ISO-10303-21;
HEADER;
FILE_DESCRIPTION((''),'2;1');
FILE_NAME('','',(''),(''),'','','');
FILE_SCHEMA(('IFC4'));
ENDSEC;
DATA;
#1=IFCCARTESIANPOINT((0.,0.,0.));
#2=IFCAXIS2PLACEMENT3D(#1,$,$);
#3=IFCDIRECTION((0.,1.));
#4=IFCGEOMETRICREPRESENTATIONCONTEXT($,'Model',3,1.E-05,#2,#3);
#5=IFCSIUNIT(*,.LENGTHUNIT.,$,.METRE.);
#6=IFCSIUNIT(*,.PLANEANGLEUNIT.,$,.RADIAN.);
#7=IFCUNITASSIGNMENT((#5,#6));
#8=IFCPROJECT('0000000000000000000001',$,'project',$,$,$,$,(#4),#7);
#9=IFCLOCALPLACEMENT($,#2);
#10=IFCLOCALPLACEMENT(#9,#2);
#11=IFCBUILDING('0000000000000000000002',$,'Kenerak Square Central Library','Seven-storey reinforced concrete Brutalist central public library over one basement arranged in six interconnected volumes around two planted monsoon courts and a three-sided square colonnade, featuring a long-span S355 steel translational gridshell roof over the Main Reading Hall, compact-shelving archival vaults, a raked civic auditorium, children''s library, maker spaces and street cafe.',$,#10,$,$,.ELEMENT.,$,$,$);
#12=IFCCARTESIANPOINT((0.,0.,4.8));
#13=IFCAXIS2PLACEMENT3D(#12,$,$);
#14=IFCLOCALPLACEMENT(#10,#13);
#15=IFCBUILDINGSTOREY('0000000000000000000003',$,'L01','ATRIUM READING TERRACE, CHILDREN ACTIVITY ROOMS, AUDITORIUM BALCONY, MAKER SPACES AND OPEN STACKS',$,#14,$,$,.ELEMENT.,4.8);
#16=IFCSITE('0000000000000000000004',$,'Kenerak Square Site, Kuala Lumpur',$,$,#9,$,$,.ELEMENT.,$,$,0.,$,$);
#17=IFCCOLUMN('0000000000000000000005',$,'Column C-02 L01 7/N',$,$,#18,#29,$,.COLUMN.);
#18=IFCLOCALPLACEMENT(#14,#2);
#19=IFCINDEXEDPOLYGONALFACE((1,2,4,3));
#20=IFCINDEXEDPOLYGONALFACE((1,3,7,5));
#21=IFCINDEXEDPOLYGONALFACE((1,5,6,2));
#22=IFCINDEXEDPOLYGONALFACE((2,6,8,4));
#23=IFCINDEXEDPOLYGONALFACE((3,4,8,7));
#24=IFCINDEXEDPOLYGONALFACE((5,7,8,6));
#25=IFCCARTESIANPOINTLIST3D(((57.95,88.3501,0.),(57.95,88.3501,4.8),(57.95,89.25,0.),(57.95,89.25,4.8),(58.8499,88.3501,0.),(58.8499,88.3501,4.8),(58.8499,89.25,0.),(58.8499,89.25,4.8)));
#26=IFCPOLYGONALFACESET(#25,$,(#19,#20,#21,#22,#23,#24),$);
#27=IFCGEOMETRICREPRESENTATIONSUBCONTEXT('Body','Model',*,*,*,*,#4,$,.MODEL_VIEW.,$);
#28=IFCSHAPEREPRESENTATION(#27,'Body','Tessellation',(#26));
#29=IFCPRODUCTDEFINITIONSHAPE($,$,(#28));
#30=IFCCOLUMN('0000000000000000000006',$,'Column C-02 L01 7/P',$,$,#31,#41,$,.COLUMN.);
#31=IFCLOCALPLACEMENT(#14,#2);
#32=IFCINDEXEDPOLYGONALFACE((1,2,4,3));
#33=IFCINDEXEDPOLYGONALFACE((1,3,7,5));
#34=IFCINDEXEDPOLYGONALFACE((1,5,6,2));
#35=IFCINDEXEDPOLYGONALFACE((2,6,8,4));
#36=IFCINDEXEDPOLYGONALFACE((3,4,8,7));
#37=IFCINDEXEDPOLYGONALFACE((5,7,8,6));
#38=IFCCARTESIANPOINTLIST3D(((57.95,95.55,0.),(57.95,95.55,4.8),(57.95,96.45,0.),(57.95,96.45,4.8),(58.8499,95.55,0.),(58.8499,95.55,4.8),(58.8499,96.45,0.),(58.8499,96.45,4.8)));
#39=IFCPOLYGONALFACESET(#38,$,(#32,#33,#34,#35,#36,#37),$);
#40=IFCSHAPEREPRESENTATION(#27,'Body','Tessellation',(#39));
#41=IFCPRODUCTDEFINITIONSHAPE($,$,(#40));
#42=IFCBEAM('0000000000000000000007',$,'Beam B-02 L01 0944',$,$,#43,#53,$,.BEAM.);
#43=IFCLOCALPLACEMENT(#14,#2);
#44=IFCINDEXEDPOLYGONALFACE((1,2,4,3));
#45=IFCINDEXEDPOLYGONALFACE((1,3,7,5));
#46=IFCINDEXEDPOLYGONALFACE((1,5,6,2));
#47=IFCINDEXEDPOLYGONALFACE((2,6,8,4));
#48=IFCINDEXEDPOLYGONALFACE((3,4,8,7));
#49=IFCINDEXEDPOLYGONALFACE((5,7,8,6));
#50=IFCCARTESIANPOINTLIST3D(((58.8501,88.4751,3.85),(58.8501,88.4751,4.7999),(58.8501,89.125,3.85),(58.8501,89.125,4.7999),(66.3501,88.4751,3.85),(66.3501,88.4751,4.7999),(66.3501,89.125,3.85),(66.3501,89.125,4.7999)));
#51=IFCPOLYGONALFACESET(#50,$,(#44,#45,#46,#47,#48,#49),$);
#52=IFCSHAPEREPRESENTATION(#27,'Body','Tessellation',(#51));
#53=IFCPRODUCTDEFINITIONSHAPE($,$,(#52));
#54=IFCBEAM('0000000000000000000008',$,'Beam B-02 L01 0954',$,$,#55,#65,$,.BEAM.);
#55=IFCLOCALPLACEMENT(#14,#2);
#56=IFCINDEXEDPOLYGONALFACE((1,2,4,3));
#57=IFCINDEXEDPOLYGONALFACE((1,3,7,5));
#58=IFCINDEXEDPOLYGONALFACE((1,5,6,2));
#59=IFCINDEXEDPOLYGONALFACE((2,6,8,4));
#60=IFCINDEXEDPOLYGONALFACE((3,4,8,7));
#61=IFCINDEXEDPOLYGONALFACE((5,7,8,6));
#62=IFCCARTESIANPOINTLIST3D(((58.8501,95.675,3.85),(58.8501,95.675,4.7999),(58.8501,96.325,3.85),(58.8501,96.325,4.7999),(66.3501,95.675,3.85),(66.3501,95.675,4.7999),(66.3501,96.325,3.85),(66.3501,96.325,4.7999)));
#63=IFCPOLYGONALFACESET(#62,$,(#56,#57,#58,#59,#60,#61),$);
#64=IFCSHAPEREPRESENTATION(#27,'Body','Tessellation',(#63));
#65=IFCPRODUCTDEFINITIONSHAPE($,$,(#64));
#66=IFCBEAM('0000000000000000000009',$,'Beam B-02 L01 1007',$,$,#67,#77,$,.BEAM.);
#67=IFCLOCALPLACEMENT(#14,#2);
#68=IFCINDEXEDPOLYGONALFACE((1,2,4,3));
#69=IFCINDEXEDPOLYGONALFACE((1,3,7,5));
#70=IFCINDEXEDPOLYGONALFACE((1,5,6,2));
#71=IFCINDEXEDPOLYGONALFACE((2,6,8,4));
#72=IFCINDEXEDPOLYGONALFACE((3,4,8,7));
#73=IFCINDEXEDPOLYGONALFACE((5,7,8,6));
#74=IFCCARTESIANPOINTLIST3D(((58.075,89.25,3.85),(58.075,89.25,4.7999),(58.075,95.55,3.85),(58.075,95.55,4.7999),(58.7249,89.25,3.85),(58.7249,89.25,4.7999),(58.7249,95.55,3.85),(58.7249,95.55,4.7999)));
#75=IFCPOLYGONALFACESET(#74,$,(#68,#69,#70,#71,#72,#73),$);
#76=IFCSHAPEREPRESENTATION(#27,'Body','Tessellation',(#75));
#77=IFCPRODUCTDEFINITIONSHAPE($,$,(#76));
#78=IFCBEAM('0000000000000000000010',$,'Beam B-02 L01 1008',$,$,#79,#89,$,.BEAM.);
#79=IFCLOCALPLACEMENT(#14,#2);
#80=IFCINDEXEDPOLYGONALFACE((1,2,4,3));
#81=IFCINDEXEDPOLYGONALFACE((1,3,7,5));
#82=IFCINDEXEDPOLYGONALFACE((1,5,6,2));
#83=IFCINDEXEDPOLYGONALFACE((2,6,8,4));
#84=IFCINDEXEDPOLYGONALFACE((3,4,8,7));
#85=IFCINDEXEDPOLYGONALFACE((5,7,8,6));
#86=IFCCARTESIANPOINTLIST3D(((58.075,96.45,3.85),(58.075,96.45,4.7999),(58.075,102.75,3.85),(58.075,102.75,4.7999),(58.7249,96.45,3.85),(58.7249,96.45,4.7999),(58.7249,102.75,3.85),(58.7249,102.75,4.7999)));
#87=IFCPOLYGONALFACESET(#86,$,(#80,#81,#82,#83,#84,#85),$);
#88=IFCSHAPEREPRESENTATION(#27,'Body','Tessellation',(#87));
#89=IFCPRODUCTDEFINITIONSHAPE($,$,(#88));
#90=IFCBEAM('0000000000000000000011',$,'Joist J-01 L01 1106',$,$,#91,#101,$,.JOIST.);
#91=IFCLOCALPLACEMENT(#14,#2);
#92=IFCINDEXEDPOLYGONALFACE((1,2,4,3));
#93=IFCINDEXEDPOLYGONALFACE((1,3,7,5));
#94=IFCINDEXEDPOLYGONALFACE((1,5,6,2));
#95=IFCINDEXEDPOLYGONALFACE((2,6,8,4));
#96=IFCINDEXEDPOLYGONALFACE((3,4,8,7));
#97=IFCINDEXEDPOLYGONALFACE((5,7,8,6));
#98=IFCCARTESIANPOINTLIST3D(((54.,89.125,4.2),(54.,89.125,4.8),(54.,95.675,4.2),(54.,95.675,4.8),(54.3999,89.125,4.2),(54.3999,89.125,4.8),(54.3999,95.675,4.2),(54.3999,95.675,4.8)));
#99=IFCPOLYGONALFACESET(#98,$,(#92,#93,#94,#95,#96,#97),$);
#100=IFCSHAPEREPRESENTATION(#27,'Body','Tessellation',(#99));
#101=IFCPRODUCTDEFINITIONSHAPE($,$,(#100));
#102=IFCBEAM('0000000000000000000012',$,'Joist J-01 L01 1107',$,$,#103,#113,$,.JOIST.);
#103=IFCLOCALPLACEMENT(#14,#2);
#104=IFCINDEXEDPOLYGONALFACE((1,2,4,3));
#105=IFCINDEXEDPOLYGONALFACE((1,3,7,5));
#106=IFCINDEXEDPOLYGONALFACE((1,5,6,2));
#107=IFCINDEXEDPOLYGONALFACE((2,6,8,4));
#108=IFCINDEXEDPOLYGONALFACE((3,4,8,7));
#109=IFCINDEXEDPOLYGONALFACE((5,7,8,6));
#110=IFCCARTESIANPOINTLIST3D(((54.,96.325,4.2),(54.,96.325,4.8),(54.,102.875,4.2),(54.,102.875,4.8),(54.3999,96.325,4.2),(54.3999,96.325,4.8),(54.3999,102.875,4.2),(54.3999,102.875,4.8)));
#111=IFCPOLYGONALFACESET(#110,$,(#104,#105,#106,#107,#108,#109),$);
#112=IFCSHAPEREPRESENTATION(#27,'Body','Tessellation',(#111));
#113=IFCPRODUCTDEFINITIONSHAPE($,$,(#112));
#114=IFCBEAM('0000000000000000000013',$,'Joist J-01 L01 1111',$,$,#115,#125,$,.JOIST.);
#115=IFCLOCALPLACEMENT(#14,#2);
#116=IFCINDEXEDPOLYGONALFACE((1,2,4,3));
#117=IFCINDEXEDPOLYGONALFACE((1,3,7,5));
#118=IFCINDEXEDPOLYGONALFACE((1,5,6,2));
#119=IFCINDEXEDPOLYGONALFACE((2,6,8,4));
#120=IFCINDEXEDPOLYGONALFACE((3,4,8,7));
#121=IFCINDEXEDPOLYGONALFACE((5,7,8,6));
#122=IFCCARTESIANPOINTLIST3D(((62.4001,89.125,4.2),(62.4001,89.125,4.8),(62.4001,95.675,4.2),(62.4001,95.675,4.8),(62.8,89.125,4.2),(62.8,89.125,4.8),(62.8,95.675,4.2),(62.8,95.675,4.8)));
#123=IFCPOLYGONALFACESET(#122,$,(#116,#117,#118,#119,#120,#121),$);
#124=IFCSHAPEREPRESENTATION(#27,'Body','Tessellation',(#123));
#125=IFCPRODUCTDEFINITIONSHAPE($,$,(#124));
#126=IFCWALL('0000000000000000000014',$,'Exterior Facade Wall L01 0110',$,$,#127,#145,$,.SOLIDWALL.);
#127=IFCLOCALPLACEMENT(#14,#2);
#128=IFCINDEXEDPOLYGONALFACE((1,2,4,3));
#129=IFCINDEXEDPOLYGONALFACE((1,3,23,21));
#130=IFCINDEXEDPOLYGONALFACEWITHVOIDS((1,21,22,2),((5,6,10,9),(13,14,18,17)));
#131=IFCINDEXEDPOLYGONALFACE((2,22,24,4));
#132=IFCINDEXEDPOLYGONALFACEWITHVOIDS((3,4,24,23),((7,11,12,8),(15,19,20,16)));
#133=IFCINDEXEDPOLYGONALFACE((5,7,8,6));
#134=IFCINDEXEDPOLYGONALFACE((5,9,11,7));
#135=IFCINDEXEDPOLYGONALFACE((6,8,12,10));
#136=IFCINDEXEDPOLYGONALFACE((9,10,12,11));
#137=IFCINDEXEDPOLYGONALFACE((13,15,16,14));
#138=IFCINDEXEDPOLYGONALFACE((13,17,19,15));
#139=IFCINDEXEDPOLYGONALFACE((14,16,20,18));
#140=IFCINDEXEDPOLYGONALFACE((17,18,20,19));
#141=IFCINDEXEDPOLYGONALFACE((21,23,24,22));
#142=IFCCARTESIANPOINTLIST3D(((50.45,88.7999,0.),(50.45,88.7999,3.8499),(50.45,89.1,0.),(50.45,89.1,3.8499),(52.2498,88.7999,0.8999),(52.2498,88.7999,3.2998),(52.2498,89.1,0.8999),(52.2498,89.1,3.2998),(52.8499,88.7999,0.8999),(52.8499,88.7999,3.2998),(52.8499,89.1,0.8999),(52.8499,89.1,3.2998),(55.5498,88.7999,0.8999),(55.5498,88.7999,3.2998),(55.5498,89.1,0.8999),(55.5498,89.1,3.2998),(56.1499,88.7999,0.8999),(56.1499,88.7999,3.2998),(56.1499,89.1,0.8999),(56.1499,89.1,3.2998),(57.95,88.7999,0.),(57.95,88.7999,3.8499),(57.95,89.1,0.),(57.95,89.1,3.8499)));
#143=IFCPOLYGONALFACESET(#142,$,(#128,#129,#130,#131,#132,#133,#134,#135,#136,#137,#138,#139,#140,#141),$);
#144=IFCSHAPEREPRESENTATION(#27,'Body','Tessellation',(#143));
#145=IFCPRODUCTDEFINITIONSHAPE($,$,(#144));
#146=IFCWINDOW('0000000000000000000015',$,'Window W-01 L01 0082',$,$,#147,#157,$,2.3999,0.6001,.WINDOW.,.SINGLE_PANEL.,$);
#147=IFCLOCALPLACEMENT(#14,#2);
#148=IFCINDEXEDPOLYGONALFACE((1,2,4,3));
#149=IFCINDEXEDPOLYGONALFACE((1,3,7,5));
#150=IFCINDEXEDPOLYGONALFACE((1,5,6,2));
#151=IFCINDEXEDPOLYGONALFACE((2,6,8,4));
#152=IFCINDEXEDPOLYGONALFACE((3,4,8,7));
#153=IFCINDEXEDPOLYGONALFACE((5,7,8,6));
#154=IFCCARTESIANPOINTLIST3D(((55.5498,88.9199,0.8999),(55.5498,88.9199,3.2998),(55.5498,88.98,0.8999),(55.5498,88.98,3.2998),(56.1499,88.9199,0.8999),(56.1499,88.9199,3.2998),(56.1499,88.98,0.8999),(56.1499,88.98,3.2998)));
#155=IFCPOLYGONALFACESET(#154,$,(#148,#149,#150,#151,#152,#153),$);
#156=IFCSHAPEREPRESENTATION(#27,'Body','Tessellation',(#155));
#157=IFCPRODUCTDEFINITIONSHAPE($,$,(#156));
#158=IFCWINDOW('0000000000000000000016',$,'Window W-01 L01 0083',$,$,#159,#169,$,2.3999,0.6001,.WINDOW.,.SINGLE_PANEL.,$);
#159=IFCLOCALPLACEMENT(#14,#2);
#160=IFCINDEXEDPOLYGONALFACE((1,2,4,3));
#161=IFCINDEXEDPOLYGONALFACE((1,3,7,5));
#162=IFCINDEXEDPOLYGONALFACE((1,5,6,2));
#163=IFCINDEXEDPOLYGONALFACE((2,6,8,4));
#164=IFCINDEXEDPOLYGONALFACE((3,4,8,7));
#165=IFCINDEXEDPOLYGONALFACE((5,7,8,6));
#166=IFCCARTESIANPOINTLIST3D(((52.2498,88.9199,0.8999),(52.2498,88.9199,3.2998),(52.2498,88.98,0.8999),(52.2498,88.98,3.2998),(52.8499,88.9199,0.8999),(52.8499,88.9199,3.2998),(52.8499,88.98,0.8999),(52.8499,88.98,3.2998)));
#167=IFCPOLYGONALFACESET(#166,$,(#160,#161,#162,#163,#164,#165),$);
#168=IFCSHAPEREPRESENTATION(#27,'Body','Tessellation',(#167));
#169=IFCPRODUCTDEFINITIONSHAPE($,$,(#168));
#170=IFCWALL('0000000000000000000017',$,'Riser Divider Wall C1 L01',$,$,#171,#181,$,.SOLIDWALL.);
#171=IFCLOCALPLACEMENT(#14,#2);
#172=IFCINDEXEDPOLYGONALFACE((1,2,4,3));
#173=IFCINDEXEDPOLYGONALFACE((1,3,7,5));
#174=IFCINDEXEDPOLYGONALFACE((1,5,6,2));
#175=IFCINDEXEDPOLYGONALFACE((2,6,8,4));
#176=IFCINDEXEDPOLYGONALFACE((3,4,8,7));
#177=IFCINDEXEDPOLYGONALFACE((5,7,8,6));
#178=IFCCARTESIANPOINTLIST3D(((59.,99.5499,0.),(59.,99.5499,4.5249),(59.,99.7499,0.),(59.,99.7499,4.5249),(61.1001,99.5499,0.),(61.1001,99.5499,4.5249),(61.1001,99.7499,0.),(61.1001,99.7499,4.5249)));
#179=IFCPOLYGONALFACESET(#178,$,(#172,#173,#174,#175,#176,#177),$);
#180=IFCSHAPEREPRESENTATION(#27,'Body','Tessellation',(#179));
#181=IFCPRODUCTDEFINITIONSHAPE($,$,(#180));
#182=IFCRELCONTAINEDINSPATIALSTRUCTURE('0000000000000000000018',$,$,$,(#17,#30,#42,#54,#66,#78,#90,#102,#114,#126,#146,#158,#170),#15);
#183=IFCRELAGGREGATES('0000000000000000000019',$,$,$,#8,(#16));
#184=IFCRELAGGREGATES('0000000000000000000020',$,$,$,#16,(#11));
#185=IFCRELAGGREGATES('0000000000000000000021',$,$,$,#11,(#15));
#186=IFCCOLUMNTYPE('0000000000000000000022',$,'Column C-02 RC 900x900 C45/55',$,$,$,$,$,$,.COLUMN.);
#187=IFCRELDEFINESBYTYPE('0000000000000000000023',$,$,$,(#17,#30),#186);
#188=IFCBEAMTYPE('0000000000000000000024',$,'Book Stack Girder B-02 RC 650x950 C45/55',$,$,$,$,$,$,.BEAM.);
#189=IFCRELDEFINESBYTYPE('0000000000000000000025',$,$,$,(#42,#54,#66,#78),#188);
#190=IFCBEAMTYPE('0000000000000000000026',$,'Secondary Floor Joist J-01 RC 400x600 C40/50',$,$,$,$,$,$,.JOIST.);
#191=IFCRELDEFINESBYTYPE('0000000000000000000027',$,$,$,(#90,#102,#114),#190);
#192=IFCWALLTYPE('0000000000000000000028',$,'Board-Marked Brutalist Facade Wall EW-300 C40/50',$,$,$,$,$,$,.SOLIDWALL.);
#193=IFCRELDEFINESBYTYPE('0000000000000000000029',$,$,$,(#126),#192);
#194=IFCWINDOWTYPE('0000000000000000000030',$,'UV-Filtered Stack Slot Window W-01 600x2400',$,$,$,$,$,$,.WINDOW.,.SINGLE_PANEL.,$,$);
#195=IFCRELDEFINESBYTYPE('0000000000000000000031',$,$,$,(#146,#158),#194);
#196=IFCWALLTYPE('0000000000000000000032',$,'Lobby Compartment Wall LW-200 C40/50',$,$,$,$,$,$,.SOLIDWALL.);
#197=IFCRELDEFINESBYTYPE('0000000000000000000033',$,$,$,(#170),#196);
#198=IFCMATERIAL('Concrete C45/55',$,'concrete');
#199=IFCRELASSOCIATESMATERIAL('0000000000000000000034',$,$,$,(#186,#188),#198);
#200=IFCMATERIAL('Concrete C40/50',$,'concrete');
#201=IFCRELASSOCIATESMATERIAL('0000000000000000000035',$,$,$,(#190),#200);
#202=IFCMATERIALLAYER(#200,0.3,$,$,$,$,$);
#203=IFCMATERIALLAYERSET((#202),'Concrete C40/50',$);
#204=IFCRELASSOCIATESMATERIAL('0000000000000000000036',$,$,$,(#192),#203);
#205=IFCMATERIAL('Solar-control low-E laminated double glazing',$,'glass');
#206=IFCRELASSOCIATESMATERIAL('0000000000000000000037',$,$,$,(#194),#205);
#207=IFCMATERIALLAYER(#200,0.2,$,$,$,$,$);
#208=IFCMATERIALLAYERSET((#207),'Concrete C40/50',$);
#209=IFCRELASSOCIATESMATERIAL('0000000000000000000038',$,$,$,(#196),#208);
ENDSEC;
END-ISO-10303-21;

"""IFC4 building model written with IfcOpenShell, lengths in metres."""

from ifc_helpers import new_model, si_unit, direction, frame, frame_2d, origin, origin_2d, place, context, subcontext, project, spatial, rectangle, extrude, material, layer, layer_set, material_profile, profile_set, type_object, element, fill, save


model = new_model("IFC4")

# Units and contexts
model_context = context("Model", 3, precision=1e-05, world=origin(), true_north=direction((0.0, 1.0)))
body_context = subcontext(model_context, "Body", "Model", "MODEL_VIEW")
ifc_project = project(units=[si_unit("LENGTHUNIT", "METRE"), si_unit("PLANEANGLEUNIT", "RADIAN")], contexts=[model_context])

# Site, building, storey
site_placement = place(None, origin())
site = spatial("IfcSite", under=ifc_project, at=site_placement, Name="Kenerak Square Site, Kuala Lumpur", CompositionType="ELEMENT", RefElevation=0.0)
building_placement = place(site_placement, origin())
building = spatial("IfcBuilding", under=site, at=building_placement, Name="Kenerak Square Central Library", Description="Seven-storey reinforced concrete Brutalist central public library over one basement arranged in six interconnected volumes around two planted monsoon courts and a three-sided square colonnade, featuring a long-span S355 steel translational gridshell roof over the Main Reading Hall, compact-shelving archival vaults, a raked civic auditorium, children's library, maker spaces and street cafe.", CompositionType="ELEMENT")
storey_placement = place(building_placement, frame((0.0, 0.0, 4.8)))
storey = spatial("IfcBuildingStorey", under=building, at=storey_placement, Name="L01", Description="ATRIUM READING TERRACE, CHILDREN ACTIVITY ROOMS, AUDITORIUM BALCONY, MAKER SPACES AND OPEN STACKS", CompositionType="ELEMENT", Elevation=4.8)

# Columns
ifc_material_1 = material(Name="Concrete C45/55", Category="concrete")
ifc_material_profile_1 = material_profile(ifc_material_1, rectangle(XDim=0.8999, YDim=0.8999, at=origin_2d()), Name="RC 900x900")
ifc_profile_set_1 = profile_set([ifc_material_profile_1], Name="Concrete C45/55")
column_type = type_object("IfcColumnType", Name="Column C-02 RC 900x900 C45/55", PredefinedType="COLUMN", material=ifc_profile_set_1)
for number, where, z_axis, x_axis, name in (
    (1, (58.3999, 88.8, 0.0), (0.0, 0.0, 1.0), (1.0, 0.0, 0.0), "Column C-02 L01 7/N"),
    (2, (58.3999, 96.0, 0.0), (0.0, 0.0, 1.0), (1.0, 0.0, 0.0), "Column C-02 L01 7/P"),
):
    element("IfcColumn", number, at=place(storey_placement, frame(where, z_axis=z_axis, x_axis=x_axis)), inside=storey, type_object=column_type, Name=name, PredefinedType="COLUMN", context=body_context, shape_type="SweptSolid", body=[
        extrude(rectangle(XDim=0.8999, YDim=0.8999, at=origin_2d()), origin(), (0.0, 0.0, 1.0), 4.8),
    ])

# Beams
ifc_material_profile_2 = material_profile(ifc_material_1, rectangle(XDim=0.6499, YDim=0.95, at=origin_2d()), Name="RC 650x950")
ifc_profile_set_2 = profile_set([ifc_material_profile_2], Name="Concrete C45/55")
beam_type_1 = type_object("IfcBeamType", Name="Book Stack Girder B-02 RC 650x950 C45/55", PredefinedType="BEAM", material=ifc_profile_set_2)
for number, where, z_axis, x_axis, name in (
    (3, (58.8501, 88.8, 4.325), (1.0, 0.0, 0.0), (0.0, 1.0, 0.0), "Beam B-02 L01 0944"),
    (4, (58.8501, 96.0, 4.325), (1.0, 0.0, 0.0), (0.0, 1.0, 0.0), "Beam B-02 L01 0954"),
):
    element("IfcBeam", number, at=place(storey_placement, frame(where, z_axis=z_axis, x_axis=x_axis)), inside=storey, type_object=beam_type_1, Name=name, PredefinedType="BEAM", context=body_context, shape_type="SweptSolid", body=[
        extrude(rectangle(XDim=0.6499, YDim=0.95, at=origin_2d()), origin(), (0.0, 0.0, 1.0), 7.5),
    ])
for number, where, z_axis, x_axis, name in (
    (5, (58.3999, 89.25, 4.325), (0.0, 1.0, 0.0), (-1.0, 0.0, 0.0), "Beam B-02 L01 1007"),
    (6, (58.3999, 96.45, 4.325), (0.0, 1.0, 0.0), (-1.0, 0.0, 0.0), "Beam B-02 L01 1008"),
):
    element("IfcBeam", number, at=place(storey_placement, frame(where, z_axis=z_axis, x_axis=x_axis)), inside=storey, type_object=beam_type_1, Name=name, PredefinedType="BEAM", context=body_context, shape_type="SweptSolid", body=[
        extrude(rectangle(XDim=0.6499, YDim=0.95, at=origin_2d()), origin(), (0.0, 0.0, 1.0), 6.3),
    ])
ifc_material_2 = material(Name="Concrete C40/50", Category="concrete")
ifc_material_profile_3 = material_profile(ifc_material_2, rectangle(XDim=0.3999, YDim=0.6001, at=origin_2d()), Name="RC 400x600")
ifc_profile_set_3 = profile_set([ifc_material_profile_3], Name="Concrete C40/50")
beam_type_2 = type_object("IfcBeamType", Name="Secondary Floor Joist J-01 RC 400x600 C40/50", PredefinedType="JOIST", material=ifc_profile_set_3)
for number, where, z_axis, x_axis, name in (
    (7, (54.2, 89.125, 4.5), (0.0, 1.0, 0.0), (-1.0, 0.0, 0.0), "Joist J-01 L01 1106"),
    (8, (54.2, 96.325, 4.5), (0.0, 1.0, 0.0), (-1.0, 0.0, 0.0), "Joist J-01 L01 1107"),
    (9, (62.6001, 89.125, 4.5), (0.0, 1.0, 0.0), (-1.0, 0.0, 0.0), "Joist J-01 L01 1111"),
):
    element("IfcBeam", number, at=place(storey_placement, frame(where, z_axis=z_axis, x_axis=x_axis)), inside=storey, type_object=beam_type_2, Name=name, PredefinedType="JOIST", context=body_context, shape_type="SweptSolid", body=[
        extrude(rectangle(XDim=0.3999, YDim=0.6001, at=origin_2d()), origin(), (0.0, 0.0, 1.0), 6.55),
    ])

# Wall, openings, windows
ifc_layer_1 = layer(ifc_material_2, 0.3)
ifc_layer_set_1 = layer_set([ifc_layer_1], Name="Concrete C40/50")
wall_type_1 = type_object("IfcWallType", Name="Board-Marked Brutalist Facade Wall EW-300 C40/50", PredefinedType="SOLIDWALL", material=ifc_layer_set_1)
wall_1_placement = place(storey_placement, frame((57.95, 88.95, 0.0), z_axis=(0.0, 0.0, 1.0), x_axis=(-1.0, 0.0, 0.0)))
wall_1 = element("IfcWall", 10, at=wall_1_placement, inside=storey, type_object=wall_type_1, Name="Exterior Facade Wall L01 0110", PredefinedType="SOLIDWALL", context=body_context, shape_type="SweptSolid", body=[
    extrude(rectangle(XDim=7.5, YDim=0.3, at=frame_2d((3.75, 0.0))), origin(), (0.0, 0.0, 1.0), 3.8499),
])
opening_1_placement = place(wall_1_placement, frame((1.8, 0.0, 0.8999)))
opening_1 = element("IfcOpeningElement", 11, at=opening_1_placement, cuts=wall_1, PredefinedType="OPENING", context=body_context, shape_type="SweptSolid", body=[
    extrude(rectangle(XDim=0.6001, YDim=2.3999, at=frame_2d((0.3, 1.2))), frame((0.0, 0.1599, 0.0), z_axis=(0.0, -1.0, 0.0), x_axis=(1.0, 0.0, 0.0)), (0.0, 0.0, 1.0), 0.3201),
])
opening_2_placement = place(wall_1_placement, frame((5.1001, 0.0, 0.8999)))
opening_2 = element("IfcOpeningElement", 12, at=opening_2_placement, cuts=wall_1, PredefinedType="OPENING", context=body_context, shape_type="SweptSolid", body=[
    extrude(rectangle(XDim=0.6001, YDim=2.3999, at=frame_2d((0.3, 1.2))), frame((0.0, 0.1599, 0.0), z_axis=(0.0, -1.0, 0.0), x_axis=(1.0, 0.0, 0.0)), (0.0, 0.0, 1.0), 0.3201),
])
ifc_material_3 = material(Name="Solar-control low-E laminated double glazing", Category="glass")
window_type = type_object("IfcWindowType", Name="UV-Filtered Stack Slot Window W-01 600x2400", PartitioningType="SINGLE_PANEL", PredefinedType="WINDOW", material=ifc_material_3)
window_1_placement = place(opening_1_placement, origin())
window_1 = element("IfcWindow", 13, at=window_1_placement, inside=storey, type_object=window_type, Name="Window W-01 L01 0082", OverallHeight=2.3999, OverallWidth=0.6001, PartitioningType="SINGLE_PANEL", PredefinedType="WINDOW", context=body_context, shape_type="SweptSolid", body=[
    extrude(rectangle(XDim=0.6001, YDim=2.3999, at=frame_2d((0.3, 1.2))), frame((0.0, 0.03, 0.0), z_axis=(0.0, -1.0, 0.0), x_axis=(1.0, 0.0, 0.0)), (0.0, 0.0, 1.0), 0.0601),
])
fill(opening_1, window_1)
window_2_placement = place(opening_2_placement, origin())
window_2 = element("IfcWindow", 14, at=window_2_placement, inside=storey, type_object=window_type, Name="Window W-01 L01 0083", OverallHeight=2.3999, OverallWidth=0.6001, PartitioningType="SINGLE_PANEL", PredefinedType="WINDOW", context=body_context, shape_type="SweptSolid", body=[
    extrude(rectangle(XDim=0.6001, YDim=2.3999, at=frame_2d((0.3, 1.2))), frame((0.0, 0.03, 0.0), z_axis=(0.0, -1.0, 0.0), x_axis=(1.0, 0.0, 0.0)), (0.0, 0.0, 1.0), 0.0601),
])
fill(opening_2, window_2)

# Wall
ifc_layer_2 = layer(ifc_material_2, 0.2)
ifc_layer_set_2 = layer_set([ifc_layer_2], Name="Concrete C40/50")
wall_type_2 = type_object("IfcWallType", Name="Lobby Compartment Wall LW-200 C40/50", PredefinedType="SOLIDWALL", material=ifc_layer_set_2)
wall_2_placement = place(storey_placement, frame((59.0, 99.6499, 0.0), z_axis=(0.0, 0.0, 1.0), x_axis=(1.0, 0.0, 0.0)))
element("IfcWall", 15, at=wall_2_placement, inside=storey, type_object=wall_type_2, Name="Riser Divider Wall C1 L01", PredefinedType="SOLIDWALL", context=body_context, shape_type="SweptSolid", body=[
    extrude(rectangle(XDim=2.1001, YDim=0.2, at=frame_2d((1.05, 0.0))), origin(), (0.0, 0.0, 1.0), 4.5249),
])

save(model, "model.ifc")
